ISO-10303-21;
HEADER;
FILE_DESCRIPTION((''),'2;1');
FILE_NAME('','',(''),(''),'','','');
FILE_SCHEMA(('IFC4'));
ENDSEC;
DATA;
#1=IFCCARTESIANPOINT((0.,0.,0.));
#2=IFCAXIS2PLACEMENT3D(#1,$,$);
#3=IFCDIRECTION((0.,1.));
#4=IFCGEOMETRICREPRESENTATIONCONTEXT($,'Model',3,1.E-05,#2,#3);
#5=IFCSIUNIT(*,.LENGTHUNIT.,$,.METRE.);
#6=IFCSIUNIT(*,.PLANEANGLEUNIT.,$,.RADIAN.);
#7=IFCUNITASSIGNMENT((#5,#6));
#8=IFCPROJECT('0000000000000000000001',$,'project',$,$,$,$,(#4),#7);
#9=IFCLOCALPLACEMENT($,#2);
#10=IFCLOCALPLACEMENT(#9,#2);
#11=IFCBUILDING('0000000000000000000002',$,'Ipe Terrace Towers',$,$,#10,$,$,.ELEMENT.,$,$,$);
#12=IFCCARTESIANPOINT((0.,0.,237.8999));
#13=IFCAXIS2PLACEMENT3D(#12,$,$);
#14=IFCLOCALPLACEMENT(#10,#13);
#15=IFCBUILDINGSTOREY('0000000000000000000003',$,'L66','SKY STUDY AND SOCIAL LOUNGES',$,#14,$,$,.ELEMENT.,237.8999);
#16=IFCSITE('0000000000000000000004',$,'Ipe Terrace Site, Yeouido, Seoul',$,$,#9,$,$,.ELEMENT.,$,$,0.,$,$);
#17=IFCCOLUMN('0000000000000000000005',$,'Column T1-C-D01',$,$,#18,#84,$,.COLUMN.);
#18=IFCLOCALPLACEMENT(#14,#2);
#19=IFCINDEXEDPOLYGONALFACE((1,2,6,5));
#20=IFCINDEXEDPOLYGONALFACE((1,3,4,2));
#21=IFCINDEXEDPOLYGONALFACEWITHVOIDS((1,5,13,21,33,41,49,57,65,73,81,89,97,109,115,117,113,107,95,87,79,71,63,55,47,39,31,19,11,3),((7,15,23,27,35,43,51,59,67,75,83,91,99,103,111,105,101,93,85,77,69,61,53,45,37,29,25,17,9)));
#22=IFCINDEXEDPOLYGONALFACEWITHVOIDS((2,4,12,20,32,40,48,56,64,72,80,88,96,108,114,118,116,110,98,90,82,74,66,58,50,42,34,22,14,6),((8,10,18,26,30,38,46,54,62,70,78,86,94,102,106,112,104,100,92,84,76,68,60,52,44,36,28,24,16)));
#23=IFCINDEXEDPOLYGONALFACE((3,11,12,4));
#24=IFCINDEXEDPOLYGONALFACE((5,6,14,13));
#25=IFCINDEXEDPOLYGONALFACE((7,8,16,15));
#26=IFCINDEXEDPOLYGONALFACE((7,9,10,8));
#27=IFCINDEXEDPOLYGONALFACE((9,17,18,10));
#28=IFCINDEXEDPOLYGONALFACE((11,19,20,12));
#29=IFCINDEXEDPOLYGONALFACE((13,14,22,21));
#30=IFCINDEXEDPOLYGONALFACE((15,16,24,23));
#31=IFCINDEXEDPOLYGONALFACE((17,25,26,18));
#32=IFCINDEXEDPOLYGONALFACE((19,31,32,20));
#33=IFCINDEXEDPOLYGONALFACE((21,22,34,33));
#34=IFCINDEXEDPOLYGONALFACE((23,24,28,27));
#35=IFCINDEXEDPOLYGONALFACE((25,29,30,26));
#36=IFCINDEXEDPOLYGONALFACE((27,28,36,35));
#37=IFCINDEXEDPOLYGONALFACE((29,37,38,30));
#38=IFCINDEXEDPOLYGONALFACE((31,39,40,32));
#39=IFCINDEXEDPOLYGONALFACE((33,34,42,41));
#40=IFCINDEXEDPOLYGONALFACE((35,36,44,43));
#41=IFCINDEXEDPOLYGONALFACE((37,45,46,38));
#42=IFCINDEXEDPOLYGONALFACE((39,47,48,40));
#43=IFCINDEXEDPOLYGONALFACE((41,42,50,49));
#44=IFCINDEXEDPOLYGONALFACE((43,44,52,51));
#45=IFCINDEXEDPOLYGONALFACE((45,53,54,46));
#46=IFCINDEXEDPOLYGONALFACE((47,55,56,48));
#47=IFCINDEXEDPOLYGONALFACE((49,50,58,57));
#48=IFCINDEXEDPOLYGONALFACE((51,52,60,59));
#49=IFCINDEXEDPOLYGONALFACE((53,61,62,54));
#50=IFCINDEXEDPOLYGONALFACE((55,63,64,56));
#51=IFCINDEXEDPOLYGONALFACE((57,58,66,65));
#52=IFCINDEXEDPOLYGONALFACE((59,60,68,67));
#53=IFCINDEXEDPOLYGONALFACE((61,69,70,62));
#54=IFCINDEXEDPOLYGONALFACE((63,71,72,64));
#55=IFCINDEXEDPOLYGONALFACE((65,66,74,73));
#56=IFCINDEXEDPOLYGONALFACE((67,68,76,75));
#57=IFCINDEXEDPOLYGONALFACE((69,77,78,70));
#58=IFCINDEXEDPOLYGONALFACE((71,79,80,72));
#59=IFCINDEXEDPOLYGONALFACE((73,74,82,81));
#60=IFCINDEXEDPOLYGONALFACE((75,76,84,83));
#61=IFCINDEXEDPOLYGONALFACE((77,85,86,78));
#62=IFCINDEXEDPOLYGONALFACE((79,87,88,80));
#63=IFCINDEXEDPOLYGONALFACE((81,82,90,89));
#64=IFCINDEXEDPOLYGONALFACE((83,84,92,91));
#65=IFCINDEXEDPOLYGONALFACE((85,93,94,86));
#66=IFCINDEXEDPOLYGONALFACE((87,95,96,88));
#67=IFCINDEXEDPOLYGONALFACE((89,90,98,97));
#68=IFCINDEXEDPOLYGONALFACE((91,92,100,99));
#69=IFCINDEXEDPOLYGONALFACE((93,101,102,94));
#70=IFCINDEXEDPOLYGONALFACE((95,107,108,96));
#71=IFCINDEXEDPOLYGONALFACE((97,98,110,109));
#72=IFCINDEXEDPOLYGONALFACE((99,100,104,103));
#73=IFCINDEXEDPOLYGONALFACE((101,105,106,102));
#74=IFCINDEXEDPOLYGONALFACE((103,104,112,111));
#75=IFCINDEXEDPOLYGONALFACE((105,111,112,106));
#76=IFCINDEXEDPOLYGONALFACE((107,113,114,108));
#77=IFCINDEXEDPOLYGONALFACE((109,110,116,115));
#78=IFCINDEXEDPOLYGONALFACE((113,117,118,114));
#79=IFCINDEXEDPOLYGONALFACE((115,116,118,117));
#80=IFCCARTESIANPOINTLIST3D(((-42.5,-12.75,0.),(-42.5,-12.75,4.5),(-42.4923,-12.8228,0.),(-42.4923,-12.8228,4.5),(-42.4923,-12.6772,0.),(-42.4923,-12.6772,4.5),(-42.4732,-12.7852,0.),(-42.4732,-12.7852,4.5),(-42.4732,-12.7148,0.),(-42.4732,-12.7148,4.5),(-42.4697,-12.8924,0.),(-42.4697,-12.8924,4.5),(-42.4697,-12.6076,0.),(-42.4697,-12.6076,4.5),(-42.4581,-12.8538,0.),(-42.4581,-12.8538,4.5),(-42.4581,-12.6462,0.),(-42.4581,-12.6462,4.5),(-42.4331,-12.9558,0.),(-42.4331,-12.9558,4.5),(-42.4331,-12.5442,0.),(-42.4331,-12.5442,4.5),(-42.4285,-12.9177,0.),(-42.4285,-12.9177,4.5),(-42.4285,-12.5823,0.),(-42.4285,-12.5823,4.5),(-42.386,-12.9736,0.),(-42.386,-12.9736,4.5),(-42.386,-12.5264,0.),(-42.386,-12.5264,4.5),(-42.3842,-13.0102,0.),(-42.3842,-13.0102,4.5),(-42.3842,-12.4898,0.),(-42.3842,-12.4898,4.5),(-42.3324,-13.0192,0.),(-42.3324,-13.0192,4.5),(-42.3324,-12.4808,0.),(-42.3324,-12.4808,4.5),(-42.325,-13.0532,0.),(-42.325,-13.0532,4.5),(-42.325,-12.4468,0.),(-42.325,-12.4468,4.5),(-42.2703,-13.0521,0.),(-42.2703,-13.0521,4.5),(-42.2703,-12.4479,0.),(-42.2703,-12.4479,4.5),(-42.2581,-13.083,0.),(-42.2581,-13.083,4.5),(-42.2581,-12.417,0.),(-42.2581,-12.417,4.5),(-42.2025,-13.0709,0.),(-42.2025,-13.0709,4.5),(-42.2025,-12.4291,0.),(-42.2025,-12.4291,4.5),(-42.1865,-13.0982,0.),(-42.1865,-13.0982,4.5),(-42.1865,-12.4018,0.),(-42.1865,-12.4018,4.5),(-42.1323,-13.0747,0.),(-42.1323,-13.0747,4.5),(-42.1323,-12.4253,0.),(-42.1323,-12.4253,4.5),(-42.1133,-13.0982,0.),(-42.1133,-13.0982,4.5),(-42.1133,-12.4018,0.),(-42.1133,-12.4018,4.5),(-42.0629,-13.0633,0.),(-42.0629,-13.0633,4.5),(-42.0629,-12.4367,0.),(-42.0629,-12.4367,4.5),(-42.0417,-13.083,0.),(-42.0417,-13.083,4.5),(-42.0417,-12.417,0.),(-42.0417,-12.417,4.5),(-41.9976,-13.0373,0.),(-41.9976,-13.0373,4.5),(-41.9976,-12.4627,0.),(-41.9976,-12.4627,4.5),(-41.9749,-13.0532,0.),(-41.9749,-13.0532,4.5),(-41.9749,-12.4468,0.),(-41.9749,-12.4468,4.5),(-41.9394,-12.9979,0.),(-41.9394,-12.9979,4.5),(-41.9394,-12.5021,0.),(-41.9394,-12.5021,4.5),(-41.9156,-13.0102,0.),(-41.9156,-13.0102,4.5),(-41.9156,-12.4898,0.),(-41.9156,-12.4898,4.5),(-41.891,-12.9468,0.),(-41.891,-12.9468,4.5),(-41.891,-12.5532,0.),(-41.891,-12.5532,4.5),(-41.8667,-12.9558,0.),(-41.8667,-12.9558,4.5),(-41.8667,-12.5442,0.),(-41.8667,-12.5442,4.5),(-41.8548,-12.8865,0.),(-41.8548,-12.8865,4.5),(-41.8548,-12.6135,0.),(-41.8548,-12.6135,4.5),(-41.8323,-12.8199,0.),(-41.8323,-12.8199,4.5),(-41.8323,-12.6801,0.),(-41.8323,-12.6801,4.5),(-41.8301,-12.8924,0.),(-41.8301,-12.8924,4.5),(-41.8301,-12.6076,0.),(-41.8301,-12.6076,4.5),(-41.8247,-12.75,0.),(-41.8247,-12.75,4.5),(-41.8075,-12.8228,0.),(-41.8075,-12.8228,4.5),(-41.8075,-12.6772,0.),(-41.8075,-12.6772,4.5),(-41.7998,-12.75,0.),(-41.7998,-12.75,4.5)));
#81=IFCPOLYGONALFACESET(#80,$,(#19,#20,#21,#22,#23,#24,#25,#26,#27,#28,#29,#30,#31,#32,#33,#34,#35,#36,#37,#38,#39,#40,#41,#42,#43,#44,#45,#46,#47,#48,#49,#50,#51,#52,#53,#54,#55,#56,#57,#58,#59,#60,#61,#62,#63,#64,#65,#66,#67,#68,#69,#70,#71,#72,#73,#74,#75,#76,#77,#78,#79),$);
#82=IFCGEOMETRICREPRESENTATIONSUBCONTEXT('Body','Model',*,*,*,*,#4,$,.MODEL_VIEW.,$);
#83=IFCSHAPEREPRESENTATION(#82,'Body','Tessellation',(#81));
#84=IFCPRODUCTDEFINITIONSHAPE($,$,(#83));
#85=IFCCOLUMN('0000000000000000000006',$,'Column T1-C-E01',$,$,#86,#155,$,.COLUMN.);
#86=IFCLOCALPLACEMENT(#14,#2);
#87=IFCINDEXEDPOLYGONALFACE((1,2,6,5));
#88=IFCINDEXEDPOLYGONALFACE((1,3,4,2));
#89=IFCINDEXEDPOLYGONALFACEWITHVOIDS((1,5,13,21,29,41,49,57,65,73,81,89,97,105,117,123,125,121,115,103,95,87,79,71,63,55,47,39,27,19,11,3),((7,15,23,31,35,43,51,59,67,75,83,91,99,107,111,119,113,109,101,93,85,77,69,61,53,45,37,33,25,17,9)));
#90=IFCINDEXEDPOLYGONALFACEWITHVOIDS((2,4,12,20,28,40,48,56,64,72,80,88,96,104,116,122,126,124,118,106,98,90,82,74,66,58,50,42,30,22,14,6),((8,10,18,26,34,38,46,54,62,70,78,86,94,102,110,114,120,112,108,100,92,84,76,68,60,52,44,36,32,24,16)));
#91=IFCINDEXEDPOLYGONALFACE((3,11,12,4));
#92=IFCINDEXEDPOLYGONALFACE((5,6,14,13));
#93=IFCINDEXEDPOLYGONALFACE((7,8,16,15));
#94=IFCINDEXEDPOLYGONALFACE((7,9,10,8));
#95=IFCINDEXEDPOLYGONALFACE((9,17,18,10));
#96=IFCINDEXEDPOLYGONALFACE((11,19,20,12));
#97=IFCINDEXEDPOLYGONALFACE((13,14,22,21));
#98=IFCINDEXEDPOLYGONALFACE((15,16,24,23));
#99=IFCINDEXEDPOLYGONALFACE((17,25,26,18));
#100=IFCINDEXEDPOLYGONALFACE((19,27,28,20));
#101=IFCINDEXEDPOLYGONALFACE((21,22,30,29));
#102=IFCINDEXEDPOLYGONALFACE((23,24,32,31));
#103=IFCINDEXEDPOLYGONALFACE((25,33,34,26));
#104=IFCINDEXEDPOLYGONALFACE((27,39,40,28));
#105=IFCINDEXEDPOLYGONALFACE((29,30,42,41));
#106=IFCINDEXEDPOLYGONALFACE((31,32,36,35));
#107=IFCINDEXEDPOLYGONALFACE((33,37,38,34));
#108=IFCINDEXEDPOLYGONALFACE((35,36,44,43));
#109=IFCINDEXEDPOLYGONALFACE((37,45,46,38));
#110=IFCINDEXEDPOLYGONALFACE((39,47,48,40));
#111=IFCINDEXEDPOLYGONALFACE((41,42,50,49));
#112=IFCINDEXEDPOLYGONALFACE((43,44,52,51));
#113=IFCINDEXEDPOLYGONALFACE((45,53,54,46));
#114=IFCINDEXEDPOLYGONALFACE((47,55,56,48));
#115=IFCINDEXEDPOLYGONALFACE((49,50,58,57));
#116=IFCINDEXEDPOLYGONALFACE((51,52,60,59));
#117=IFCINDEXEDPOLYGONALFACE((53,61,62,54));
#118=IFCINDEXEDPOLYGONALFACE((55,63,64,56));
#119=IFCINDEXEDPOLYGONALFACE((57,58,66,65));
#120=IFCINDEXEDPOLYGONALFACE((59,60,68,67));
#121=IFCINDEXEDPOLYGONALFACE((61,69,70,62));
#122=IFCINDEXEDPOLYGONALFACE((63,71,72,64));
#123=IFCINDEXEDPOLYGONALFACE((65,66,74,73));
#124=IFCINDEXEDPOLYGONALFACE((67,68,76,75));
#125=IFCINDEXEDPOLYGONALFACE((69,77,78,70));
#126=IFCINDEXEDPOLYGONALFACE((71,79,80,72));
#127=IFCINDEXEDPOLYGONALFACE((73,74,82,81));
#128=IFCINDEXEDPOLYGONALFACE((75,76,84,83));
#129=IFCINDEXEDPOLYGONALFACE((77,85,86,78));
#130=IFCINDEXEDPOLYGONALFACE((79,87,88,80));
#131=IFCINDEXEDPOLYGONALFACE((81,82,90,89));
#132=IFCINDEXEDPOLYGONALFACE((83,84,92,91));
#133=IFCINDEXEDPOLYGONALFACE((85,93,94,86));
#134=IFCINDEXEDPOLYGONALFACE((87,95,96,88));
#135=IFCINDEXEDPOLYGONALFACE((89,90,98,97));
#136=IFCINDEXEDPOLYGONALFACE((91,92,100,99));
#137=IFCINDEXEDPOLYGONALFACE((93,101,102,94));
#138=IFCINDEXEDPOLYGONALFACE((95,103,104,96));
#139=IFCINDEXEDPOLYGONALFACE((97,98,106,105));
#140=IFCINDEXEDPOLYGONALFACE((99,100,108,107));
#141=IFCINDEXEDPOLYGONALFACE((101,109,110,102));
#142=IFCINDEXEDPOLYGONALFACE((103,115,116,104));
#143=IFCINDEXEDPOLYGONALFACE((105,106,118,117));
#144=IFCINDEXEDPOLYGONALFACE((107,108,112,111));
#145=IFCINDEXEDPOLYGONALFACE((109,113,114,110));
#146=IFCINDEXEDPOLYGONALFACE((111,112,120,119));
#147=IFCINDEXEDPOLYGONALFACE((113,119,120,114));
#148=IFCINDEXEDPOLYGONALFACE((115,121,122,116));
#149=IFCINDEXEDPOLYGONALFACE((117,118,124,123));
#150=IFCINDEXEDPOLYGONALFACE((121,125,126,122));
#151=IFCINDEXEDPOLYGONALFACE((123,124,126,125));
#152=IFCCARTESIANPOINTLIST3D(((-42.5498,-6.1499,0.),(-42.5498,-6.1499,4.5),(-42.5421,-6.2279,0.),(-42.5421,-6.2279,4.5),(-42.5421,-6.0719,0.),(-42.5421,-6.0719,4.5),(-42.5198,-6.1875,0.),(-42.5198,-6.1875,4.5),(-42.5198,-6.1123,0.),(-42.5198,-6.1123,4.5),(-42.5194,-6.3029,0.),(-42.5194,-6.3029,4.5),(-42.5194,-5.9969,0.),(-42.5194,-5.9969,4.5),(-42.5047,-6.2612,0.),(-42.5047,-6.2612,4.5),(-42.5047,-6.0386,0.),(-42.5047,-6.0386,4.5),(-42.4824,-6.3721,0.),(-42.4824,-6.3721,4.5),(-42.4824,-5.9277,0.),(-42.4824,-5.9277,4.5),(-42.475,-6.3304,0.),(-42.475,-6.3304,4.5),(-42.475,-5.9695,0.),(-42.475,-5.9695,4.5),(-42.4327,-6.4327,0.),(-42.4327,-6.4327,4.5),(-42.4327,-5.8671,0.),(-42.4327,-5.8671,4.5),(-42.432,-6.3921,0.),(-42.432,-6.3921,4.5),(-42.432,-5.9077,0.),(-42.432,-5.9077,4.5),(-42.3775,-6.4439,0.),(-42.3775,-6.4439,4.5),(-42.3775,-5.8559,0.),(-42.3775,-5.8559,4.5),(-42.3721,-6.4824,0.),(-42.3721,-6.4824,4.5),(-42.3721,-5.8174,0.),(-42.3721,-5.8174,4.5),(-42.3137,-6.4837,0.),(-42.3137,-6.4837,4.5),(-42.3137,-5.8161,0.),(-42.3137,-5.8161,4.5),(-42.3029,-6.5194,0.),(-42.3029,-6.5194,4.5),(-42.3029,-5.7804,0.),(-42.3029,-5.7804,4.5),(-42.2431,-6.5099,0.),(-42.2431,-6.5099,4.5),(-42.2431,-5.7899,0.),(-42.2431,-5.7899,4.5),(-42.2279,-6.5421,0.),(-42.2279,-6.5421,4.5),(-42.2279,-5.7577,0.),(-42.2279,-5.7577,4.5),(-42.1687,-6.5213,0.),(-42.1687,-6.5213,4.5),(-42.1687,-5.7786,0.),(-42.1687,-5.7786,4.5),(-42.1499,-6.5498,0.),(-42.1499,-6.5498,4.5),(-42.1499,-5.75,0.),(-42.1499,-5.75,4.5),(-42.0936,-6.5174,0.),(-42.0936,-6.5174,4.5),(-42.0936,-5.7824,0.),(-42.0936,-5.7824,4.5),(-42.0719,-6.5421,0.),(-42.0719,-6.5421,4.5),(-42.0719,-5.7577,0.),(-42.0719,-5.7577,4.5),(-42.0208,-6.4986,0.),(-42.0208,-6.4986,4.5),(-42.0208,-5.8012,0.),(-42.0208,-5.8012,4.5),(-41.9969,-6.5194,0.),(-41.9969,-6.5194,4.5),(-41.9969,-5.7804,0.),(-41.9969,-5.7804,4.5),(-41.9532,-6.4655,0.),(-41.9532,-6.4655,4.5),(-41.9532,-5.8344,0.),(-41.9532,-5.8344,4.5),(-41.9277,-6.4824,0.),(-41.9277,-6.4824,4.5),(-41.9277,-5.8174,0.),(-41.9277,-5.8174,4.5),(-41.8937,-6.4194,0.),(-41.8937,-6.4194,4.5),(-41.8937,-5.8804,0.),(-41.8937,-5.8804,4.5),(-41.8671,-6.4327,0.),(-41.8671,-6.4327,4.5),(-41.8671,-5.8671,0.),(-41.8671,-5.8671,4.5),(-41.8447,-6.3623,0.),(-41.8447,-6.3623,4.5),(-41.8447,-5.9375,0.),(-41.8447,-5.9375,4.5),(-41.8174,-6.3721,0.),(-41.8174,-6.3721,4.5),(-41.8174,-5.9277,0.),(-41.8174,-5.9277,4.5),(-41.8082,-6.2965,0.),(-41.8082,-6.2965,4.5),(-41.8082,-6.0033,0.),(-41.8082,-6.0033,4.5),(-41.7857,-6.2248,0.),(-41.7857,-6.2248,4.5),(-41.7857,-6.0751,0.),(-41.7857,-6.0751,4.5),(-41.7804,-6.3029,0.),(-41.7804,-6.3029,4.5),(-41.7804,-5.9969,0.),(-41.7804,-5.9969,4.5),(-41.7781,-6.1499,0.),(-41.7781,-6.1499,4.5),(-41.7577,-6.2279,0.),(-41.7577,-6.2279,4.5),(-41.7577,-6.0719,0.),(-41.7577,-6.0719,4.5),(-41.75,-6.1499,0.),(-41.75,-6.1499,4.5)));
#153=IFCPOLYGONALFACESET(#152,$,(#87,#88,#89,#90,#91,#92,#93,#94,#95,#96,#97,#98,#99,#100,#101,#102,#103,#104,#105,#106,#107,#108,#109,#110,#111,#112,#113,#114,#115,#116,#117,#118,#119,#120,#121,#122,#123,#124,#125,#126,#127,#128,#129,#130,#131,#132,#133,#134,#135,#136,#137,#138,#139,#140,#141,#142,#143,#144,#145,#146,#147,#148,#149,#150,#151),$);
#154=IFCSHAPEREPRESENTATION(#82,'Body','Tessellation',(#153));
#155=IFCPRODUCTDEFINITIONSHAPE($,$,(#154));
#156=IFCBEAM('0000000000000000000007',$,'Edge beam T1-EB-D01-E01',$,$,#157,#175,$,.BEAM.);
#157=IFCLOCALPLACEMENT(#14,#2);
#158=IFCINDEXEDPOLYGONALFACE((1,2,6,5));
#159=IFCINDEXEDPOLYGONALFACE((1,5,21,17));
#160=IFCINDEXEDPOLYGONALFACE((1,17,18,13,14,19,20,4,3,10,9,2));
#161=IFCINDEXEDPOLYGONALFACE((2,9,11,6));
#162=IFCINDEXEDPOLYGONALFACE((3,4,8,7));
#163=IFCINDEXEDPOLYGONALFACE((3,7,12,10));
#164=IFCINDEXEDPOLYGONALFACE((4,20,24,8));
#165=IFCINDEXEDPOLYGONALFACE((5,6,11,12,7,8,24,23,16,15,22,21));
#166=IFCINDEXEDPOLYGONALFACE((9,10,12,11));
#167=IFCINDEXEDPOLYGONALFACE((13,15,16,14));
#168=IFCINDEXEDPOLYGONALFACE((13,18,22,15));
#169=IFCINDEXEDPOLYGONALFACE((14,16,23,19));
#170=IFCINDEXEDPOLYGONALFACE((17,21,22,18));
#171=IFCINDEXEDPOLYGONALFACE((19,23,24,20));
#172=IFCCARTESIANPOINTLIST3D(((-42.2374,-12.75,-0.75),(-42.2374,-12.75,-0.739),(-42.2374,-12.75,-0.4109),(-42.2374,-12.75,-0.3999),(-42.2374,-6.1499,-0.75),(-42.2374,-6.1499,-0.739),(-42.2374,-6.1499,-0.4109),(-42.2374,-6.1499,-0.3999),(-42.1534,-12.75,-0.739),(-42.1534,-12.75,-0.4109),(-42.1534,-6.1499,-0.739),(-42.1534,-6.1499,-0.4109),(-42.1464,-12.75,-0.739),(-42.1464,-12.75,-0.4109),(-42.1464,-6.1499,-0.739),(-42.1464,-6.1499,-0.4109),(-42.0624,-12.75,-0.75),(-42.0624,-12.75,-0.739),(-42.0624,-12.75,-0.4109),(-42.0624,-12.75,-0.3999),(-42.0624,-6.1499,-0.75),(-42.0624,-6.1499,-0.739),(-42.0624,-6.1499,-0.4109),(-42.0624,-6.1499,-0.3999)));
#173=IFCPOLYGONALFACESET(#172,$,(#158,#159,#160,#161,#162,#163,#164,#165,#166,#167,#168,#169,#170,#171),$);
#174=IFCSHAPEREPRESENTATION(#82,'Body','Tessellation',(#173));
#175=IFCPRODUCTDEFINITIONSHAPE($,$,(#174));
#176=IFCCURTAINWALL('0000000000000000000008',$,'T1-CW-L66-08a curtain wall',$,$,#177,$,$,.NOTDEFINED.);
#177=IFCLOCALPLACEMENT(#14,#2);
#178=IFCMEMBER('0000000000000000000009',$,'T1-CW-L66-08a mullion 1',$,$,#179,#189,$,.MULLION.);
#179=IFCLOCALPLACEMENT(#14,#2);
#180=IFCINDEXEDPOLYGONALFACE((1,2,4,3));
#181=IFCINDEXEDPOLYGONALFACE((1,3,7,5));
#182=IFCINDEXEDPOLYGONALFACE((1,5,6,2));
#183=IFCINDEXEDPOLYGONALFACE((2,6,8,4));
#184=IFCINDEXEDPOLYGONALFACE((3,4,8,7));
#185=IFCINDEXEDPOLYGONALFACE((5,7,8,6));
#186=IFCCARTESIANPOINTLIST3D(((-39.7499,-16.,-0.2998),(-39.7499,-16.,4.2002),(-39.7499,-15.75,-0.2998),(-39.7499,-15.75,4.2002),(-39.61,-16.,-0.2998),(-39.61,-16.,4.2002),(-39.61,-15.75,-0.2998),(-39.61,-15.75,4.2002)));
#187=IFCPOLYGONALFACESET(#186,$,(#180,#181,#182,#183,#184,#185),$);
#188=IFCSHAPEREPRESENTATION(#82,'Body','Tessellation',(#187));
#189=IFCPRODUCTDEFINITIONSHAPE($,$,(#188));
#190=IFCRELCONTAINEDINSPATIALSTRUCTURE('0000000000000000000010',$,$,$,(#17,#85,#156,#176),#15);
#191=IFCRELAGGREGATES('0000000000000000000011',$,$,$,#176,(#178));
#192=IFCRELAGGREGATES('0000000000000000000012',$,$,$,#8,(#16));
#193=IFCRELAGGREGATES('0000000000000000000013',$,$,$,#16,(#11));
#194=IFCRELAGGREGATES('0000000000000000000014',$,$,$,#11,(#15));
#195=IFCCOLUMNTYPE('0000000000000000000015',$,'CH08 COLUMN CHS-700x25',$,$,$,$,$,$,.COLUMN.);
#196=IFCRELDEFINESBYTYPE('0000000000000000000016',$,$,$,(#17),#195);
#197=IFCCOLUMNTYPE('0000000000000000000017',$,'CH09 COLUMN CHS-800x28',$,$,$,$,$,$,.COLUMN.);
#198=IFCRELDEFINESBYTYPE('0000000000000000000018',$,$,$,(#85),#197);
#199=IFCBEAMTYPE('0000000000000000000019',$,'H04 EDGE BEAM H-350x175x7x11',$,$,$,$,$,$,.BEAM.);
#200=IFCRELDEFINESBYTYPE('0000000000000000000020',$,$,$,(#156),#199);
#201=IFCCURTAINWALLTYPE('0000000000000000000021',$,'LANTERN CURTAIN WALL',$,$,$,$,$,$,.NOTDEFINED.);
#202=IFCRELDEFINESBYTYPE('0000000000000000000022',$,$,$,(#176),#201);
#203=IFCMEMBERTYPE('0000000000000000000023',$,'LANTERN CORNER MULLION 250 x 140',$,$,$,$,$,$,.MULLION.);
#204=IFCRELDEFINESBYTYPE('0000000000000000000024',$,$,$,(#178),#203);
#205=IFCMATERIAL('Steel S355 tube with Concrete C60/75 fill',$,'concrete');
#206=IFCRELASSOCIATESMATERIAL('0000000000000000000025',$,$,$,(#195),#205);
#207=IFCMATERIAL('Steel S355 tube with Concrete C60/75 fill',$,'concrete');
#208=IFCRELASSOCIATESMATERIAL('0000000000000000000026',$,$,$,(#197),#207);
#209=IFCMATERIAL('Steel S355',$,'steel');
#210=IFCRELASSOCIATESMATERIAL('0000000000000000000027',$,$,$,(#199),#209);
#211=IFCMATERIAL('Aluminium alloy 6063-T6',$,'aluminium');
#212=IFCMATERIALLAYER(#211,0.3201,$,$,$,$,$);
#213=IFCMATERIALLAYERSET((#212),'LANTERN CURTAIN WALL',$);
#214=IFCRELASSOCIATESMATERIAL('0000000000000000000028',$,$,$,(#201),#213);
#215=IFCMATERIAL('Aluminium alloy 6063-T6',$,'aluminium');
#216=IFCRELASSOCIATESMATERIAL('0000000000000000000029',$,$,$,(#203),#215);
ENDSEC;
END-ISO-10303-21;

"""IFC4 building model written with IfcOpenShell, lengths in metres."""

from ifc_helpers import new_model, si_unit, direction, frame, origin, origin_2d, place, context, subcontext, project, spatial, rectangle, hollow_circle, i_section, extrude, material, layer, layer_set, material_profile, profile_set, type_object, element, aggregate, save


model = new_model("IFC4")

# Units and contexts
model_context = context("Model", 3, precision=1e-05, world=origin(), true_north=direction((0.0, 1.0)))
body_context = subcontext(model_context, "Body", "Model", "MODEL_VIEW")
ifc_project = project(units=[si_unit("LENGTHUNIT", "METRE"), si_unit("PLANEANGLEUNIT", "RADIAN")], contexts=[model_context])

# Site, building, storey
site_placement = place(None, origin())
site = spatial("IfcSite", under=ifc_project, at=site_placement, Name="Ipe Terrace Site, Yeouido, Seoul", CompositionType="ELEMENT", RefElevation=0.0)
building_placement = place(site_placement, origin())
building = spatial("IfcBuilding", under=site, at=building_placement, Name="Ipe Terrace Towers", CompositionType="ELEMENT")
storey_placement = place(building_placement, frame((0.0, 0.0, 237.8999)))
storey = spatial("IfcBuildingStorey", under=building, at=storey_placement, Name="L66", Description="SKY STUDY AND SOCIAL LOUNGES", CompositionType="ELEMENT", Elevation=237.8999)

# Columns
ifc_material_1 = material(Name="Steel S355 tube with Concrete C60/75 fill", Category="concrete")
ifc_material_profile_1 = material_profile(ifc_material_1, hollow_circle(Radius=0.3501, WallThickness=0.0249, at=origin_2d()), Name="CHS-700x25")
ifc_profile_set_1 = profile_set([ifc_material_profile_1], Name="Steel S355 tube with Concrete C60/75 fill")
column_type_1 = type_object("IfcColumnType", Name="CH08 COLUMN CHS-700x25", PredefinedType="COLUMN", material=ifc_profile_set_1)
column_1_placement = place(storey_placement, frame((-42.1499, -12.75, 0.0), z_axis=(0.0, 0.0, 1.0), x_axis=(1.0, 0.0, 0.0)))
element("IfcColumn", 1, at=column_1_placement, inside=storey, type_object=column_type_1, Name="Column T1-C-D01", PredefinedType="COLUMN", context=body_context, shape_type="SweptSolid", body=[
    extrude(hollow_circle(Radius=0.3501, WallThickness=0.0249, at=origin_2d()), origin(), (0.0, 0.0, 1.0), 4.5),
])
ifc_material_2 = material(Name="Steel S355 tube with Concrete C60/75 fill", Category="concrete")
ifc_material_profile_2 = material_profile(ifc_material_2, hollow_circle(Radius=0.3999, WallThickness=0.0281, at=origin_2d()), Name="CHS-800x28")
ifc_profile_set_2 = profile_set([ifc_material_profile_2], Name="Steel S355 tube with Concrete C60/75 fill")
column_type_2 = type_object("IfcColumnType", Name="CH09 COLUMN CHS-800x28", PredefinedType="COLUMN", material=ifc_profile_set_2)
column_2_placement = place(storey_placement, frame((-42.1499, -6.1499, 0.0), z_axis=(0.0, 0.0, 1.0), x_axis=(1.0, 0.0, 0.0)))
element("IfcColumn", 2, at=column_2_placement, inside=storey, type_object=column_type_2, Name="Column T1-C-E01", PredefinedType="COLUMN", context=body_context, shape_type="SweptSolid", body=[
    extrude(hollow_circle(Radius=0.3999, WallThickness=0.0281, at=origin_2d()), origin(), (0.0, 0.0, 1.0), 4.5),
])

# Beam
ifc_material_3 = material(Name="Steel S355", Category="steel")
ifc_material_profile_3 = material_profile(ifc_material_3, i_section(OverallWidth=0.175, OverallDepth=0.3501, WebThickness=0.0071, FlangeThickness=0.011, at=origin_2d()), Name="H-350x175x7x11")
ifc_profile_set_3 = profile_set([ifc_material_profile_3], Name="Steel S355")
beam_type = type_object("IfcBeamType", Name="H04 EDGE BEAM H-350x175x7x11", PredefinedType="BEAM", material=ifc_profile_set_3)
beam_placement = place(storey_placement, frame((-42.1499, -12.75, -0.575), z_axis=(0.0, 1.0, 0.0), x_axis=(-1.0, 0.0, 0.0)))
element("IfcBeam", 3, at=beam_placement, inside=storey, type_object=beam_type, Name="Edge beam T1-EB-D01-E01", PredefinedType="BEAM", context=body_context, shape_type="SweptSolid", body=[
    extrude(i_section(OverallWidth=0.175, OverallDepth=0.3501, WebThickness=0.0071, FlangeThickness=0.011, at=origin_2d()), origin(), (0.0, 0.0, 1.0), 6.6001),
])

# Curtain wall, member
ifc_material_4 = material(Name="Aluminium alloy 6063-T6", Category="aluminium")
ifc_layer_1 = layer(ifc_material_4, 0.3201)
ifc_layer_set_1 = layer_set([ifc_layer_1], Name="LANTERN CURTAIN WALL")
curtain_wall_type = type_object("IfcCurtainWallType", Name="LANTERN CURTAIN WALL", PredefinedType="NOTDEFINED", material=ifc_layer_set_1)
curtain_wall_placement = place(storey_placement, origin())
curtain_wall = element("IfcCurtainWall", 4, at=curtain_wall_placement, inside=storey, type_object=curtain_wall_type, Name="T1-CW-L66-08a curtain wall", PredefinedType="NOTDEFINED")
ifc_material_5 = material(Name="Aluminium alloy 6063-T6", Category="aluminium")
ifc_material_profile_4 = material_profile(ifc_material_5, rectangle(XDim=0.25, YDim=0.1399, at=origin_2d()), Name="LANTERN CORNER MULLION 250 x 140")
ifc_profile_set_4 = profile_set([ifc_material_profile_4], Name="Aluminium alloy 6063-T6")
member_type_1 = type_object("IfcMemberType", Name="LANTERN CORNER MULLION 250 x 140", PredefinedType="MULLION", material=ifc_profile_set_4)
member_1_placement = place(storey_placement, frame((-39.6799, -15.875, -0.2998), z_axis=(0.0, 0.0, 1.0), x_axis=(0.0, -1.0, 0.0)))
member_1 = element("IfcMember", 5, at=member_1_placement, type_object=member_type_1, Name="T1-CW-L66-08a mullion 1", PredefinedType="MULLION", context=body_context, shape_type="SweptSolid", body=[
    extrude(rectangle(XDim=0.25, YDim=0.1399, at=origin_2d()), origin(), (0.0, 0.0, 1.0), 4.5),
])
aggregate(curtain_wall, [member_1])

save(model, "model.ifc")
